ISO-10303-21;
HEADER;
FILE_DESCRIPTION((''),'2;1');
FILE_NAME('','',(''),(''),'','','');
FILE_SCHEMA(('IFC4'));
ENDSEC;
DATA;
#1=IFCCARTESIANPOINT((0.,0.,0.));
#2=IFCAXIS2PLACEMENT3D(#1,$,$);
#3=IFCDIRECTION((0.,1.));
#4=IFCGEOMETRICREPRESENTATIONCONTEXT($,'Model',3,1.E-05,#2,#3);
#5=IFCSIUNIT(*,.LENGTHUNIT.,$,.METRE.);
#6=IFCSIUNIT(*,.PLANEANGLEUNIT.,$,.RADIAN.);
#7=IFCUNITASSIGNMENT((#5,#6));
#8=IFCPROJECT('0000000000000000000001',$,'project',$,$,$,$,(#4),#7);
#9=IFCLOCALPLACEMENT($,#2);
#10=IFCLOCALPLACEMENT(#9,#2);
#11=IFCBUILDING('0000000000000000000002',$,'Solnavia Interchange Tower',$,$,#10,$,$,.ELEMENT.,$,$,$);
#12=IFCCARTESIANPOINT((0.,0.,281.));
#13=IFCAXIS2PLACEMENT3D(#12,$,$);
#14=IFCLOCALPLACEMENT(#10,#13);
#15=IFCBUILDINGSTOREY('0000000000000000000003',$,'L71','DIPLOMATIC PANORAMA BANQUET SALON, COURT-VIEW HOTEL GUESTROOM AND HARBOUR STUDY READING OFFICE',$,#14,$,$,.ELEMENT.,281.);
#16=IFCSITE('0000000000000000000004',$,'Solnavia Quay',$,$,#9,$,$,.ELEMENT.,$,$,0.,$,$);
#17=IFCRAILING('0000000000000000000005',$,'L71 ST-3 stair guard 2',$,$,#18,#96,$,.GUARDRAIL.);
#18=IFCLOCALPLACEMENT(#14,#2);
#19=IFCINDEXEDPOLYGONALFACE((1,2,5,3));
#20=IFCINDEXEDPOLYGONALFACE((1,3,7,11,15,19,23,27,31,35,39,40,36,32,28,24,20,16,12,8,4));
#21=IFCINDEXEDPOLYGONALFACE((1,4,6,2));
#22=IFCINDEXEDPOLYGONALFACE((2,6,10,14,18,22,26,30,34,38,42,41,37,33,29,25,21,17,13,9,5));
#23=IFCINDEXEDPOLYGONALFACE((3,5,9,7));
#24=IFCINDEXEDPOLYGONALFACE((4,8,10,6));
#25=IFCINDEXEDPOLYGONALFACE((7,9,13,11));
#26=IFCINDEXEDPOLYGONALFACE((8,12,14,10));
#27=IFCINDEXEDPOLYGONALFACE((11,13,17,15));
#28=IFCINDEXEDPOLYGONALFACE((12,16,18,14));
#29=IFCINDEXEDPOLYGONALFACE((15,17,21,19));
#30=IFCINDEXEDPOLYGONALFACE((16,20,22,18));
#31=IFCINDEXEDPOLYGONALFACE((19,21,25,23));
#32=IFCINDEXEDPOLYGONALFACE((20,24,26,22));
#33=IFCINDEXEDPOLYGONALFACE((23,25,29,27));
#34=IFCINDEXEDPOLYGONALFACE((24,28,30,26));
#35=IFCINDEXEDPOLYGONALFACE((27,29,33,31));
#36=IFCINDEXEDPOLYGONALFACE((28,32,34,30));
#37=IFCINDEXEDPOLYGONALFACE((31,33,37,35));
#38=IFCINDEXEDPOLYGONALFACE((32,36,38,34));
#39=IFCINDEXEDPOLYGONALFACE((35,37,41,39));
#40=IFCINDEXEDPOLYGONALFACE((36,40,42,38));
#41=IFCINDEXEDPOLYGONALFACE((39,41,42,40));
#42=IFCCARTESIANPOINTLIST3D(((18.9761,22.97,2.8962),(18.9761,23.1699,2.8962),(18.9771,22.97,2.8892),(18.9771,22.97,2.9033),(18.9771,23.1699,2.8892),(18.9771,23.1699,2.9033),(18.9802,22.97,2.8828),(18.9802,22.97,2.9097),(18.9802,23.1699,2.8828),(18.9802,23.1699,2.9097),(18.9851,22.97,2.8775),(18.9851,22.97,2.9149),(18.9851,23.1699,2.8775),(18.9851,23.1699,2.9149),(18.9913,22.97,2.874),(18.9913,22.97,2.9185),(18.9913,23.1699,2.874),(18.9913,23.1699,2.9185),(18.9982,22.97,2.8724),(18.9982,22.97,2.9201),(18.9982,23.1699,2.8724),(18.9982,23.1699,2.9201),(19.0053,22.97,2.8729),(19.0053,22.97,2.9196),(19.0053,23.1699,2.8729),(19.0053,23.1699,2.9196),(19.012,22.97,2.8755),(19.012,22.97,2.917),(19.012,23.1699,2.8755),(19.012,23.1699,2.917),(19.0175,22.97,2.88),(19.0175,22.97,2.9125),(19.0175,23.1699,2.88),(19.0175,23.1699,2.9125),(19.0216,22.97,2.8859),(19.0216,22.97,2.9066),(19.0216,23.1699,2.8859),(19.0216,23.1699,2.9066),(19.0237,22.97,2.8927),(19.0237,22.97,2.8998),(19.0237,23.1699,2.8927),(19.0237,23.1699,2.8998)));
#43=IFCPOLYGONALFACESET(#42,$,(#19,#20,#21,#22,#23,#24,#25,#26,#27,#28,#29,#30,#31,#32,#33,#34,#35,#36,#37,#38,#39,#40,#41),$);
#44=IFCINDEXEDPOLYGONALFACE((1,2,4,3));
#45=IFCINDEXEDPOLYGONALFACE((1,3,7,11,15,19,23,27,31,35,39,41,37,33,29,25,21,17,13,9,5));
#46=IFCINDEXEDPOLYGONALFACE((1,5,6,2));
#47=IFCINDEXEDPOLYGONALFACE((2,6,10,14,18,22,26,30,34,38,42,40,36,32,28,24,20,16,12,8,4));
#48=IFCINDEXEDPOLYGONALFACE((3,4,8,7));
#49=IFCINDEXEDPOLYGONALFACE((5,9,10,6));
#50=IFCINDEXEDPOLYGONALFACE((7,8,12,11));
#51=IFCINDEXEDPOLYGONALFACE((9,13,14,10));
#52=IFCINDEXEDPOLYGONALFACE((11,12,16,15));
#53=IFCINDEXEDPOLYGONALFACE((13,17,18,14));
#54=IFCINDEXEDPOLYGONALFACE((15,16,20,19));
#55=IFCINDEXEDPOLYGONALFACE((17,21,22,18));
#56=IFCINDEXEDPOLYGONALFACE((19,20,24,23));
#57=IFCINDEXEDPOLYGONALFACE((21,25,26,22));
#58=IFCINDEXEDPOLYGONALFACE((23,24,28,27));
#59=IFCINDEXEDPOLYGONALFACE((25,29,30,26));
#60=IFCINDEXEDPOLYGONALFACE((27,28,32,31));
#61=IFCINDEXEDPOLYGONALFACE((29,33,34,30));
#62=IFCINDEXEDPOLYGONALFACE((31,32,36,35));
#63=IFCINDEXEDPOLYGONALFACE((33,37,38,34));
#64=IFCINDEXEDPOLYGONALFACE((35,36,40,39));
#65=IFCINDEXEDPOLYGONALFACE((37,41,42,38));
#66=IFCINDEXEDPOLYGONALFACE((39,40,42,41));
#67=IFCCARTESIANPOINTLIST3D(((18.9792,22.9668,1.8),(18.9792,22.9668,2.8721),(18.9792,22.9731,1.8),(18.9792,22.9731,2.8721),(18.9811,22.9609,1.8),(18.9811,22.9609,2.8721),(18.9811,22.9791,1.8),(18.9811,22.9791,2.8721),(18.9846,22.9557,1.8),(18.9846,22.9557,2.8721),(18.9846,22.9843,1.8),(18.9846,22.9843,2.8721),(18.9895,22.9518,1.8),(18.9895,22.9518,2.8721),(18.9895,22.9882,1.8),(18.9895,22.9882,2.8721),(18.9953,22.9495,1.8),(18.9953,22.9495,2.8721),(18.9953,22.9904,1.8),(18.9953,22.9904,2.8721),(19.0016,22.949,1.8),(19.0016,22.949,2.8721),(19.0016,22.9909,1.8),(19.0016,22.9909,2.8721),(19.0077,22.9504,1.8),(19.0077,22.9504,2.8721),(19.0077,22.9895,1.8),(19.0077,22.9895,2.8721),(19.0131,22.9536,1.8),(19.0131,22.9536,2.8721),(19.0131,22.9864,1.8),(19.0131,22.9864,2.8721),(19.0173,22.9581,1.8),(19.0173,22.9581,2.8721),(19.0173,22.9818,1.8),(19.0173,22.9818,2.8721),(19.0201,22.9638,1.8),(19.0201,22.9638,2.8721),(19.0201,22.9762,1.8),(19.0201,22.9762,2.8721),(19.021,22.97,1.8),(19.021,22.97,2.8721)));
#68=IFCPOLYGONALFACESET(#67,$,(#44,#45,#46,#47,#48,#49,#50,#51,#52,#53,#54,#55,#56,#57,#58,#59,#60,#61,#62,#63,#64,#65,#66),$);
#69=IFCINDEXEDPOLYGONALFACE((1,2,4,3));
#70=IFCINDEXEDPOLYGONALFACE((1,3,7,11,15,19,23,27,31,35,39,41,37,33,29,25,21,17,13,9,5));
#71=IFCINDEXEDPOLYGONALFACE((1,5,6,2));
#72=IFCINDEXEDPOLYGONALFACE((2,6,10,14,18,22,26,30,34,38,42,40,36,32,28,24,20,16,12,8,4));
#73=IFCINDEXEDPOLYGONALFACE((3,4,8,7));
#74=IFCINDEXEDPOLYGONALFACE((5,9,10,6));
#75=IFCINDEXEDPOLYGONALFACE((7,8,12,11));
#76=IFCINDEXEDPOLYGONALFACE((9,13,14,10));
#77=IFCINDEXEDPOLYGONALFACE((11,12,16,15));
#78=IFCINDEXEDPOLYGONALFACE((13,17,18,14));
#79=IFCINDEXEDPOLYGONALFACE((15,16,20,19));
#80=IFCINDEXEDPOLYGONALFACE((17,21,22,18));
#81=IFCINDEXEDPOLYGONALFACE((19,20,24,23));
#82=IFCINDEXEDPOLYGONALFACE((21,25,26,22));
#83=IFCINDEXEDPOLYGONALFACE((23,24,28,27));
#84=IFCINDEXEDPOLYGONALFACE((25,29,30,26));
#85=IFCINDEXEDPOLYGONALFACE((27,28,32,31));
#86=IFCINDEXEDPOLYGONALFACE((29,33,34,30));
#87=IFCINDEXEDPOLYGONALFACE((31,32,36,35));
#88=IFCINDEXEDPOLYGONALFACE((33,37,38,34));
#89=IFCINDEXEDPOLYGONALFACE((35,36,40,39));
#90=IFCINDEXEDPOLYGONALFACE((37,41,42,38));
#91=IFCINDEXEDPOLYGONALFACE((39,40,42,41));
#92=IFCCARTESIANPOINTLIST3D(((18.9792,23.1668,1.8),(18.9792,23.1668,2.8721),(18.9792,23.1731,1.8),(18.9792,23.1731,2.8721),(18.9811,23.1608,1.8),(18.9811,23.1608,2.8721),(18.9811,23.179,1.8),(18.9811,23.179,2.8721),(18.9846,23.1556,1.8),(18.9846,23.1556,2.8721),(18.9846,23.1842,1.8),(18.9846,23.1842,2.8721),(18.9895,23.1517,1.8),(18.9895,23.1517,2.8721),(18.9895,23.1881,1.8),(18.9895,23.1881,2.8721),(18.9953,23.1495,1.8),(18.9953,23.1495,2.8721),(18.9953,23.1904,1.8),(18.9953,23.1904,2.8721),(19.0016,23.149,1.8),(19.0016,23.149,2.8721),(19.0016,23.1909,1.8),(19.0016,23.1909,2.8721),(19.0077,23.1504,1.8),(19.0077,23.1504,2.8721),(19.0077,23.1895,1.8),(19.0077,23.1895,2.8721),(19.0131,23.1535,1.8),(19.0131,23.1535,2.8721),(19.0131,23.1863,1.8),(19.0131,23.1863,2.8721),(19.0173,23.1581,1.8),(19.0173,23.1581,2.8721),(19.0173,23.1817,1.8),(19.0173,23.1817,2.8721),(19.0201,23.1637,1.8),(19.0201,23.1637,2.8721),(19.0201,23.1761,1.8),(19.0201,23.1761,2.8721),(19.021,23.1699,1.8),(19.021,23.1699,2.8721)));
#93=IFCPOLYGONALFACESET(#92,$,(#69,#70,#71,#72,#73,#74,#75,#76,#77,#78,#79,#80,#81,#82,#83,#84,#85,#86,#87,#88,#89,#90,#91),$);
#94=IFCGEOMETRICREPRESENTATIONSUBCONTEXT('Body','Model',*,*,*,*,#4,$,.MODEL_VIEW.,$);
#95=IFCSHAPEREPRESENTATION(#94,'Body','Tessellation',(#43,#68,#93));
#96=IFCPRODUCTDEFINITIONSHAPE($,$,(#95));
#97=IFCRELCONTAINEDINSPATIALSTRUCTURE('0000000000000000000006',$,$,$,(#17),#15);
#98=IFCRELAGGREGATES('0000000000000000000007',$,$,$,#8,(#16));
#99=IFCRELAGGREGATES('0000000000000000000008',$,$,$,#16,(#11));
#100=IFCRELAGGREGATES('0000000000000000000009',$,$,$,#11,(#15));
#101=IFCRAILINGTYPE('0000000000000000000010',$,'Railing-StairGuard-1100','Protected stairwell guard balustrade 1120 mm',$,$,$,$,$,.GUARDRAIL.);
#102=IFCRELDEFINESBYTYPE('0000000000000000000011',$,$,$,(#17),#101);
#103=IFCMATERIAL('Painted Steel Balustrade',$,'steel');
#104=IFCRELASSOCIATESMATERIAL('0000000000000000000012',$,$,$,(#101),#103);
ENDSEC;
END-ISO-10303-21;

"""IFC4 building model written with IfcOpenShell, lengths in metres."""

from ifc_helpers import new_model, si_unit, direction, frame, origin, origin_2d, place, context, subcontext, project, spatial, circle, extrude, material, type_object, element, save


model = new_model("IFC4")

# Units and contexts
model_context = context("Model", 3, precision=1e-05, world=origin(), true_north=direction((0.0, 1.0)))
body_context = subcontext(model_context, "Body", "Model", "MODEL_VIEW")
ifc_project = project(units=[si_unit("LENGTHUNIT", "METRE"), si_unit("PLANEANGLEUNIT", "RADIAN")], contexts=[model_context])

# Site, building, storey
site_placement = place(None, origin())
site = spatial("IfcSite", under=ifc_project, at=site_placement, Name="Solnavia Quay", CompositionType="ELEMENT", RefElevation=0.0)
building_placement = place(site_placement, origin())
building = spatial("IfcBuilding", under=site, at=building_placement, Name="Solnavia Interchange Tower", CompositionType="ELEMENT")
storey_placement = place(building_placement, frame((0.0, 0.0, 281.0)))
storey = spatial("IfcBuildingStorey", under=building, at=storey_placement, Name="L71", Description="DIPLOMATIC PANORAMA BANQUET SALON, COURT-VIEW HOTEL GUESTROOM AND HARBOUR STUDY READING OFFICE", CompositionType="ELEMENT", Elevation=281.0)

# Railing
ifc_material_1 = material(Name="Painted Steel Balustrade", Category="steel")
railing_type_1 = type_object("IfcRailingType", Name="Railing-StairGuard-1100", Description="Protected stairwell guard balustrade 1120 mm", PredefinedType="GUARDRAIL", material=ifc_material_1)
railing_1_placement = place(storey_placement, frame((19.0, 22.97, 1.8)))
element("IfcRailing", 1, at=railing_1_placement, inside=storey, type_object=railing_type_1, Name="L71 ST-3 stair guard 2", PredefinedType="GUARDRAIL", context=body_context, shape_type="SweptSolid", body=[
    extrude(circle(Radius=0.0239, at=origin_2d()), frame((0.0, 0.0, 1.0962), z_axis=(0.0, 1.0, 0.0), x_axis=(-1.0, 0.0, 0.0)), (0.0, 0.0, 1.0), 0.2),
    extrude(circle(Radius=0.021, at=origin_2d()), origin(), (0.0, 0.0, 1.0), 1.072),
    extrude(circle(Radius=0.021, at=origin_2d()), frame((0.0, 0.2, 0.0)), (0.0, 0.0, 1.0), 1.072),
])

save(model, "model.ifc")
